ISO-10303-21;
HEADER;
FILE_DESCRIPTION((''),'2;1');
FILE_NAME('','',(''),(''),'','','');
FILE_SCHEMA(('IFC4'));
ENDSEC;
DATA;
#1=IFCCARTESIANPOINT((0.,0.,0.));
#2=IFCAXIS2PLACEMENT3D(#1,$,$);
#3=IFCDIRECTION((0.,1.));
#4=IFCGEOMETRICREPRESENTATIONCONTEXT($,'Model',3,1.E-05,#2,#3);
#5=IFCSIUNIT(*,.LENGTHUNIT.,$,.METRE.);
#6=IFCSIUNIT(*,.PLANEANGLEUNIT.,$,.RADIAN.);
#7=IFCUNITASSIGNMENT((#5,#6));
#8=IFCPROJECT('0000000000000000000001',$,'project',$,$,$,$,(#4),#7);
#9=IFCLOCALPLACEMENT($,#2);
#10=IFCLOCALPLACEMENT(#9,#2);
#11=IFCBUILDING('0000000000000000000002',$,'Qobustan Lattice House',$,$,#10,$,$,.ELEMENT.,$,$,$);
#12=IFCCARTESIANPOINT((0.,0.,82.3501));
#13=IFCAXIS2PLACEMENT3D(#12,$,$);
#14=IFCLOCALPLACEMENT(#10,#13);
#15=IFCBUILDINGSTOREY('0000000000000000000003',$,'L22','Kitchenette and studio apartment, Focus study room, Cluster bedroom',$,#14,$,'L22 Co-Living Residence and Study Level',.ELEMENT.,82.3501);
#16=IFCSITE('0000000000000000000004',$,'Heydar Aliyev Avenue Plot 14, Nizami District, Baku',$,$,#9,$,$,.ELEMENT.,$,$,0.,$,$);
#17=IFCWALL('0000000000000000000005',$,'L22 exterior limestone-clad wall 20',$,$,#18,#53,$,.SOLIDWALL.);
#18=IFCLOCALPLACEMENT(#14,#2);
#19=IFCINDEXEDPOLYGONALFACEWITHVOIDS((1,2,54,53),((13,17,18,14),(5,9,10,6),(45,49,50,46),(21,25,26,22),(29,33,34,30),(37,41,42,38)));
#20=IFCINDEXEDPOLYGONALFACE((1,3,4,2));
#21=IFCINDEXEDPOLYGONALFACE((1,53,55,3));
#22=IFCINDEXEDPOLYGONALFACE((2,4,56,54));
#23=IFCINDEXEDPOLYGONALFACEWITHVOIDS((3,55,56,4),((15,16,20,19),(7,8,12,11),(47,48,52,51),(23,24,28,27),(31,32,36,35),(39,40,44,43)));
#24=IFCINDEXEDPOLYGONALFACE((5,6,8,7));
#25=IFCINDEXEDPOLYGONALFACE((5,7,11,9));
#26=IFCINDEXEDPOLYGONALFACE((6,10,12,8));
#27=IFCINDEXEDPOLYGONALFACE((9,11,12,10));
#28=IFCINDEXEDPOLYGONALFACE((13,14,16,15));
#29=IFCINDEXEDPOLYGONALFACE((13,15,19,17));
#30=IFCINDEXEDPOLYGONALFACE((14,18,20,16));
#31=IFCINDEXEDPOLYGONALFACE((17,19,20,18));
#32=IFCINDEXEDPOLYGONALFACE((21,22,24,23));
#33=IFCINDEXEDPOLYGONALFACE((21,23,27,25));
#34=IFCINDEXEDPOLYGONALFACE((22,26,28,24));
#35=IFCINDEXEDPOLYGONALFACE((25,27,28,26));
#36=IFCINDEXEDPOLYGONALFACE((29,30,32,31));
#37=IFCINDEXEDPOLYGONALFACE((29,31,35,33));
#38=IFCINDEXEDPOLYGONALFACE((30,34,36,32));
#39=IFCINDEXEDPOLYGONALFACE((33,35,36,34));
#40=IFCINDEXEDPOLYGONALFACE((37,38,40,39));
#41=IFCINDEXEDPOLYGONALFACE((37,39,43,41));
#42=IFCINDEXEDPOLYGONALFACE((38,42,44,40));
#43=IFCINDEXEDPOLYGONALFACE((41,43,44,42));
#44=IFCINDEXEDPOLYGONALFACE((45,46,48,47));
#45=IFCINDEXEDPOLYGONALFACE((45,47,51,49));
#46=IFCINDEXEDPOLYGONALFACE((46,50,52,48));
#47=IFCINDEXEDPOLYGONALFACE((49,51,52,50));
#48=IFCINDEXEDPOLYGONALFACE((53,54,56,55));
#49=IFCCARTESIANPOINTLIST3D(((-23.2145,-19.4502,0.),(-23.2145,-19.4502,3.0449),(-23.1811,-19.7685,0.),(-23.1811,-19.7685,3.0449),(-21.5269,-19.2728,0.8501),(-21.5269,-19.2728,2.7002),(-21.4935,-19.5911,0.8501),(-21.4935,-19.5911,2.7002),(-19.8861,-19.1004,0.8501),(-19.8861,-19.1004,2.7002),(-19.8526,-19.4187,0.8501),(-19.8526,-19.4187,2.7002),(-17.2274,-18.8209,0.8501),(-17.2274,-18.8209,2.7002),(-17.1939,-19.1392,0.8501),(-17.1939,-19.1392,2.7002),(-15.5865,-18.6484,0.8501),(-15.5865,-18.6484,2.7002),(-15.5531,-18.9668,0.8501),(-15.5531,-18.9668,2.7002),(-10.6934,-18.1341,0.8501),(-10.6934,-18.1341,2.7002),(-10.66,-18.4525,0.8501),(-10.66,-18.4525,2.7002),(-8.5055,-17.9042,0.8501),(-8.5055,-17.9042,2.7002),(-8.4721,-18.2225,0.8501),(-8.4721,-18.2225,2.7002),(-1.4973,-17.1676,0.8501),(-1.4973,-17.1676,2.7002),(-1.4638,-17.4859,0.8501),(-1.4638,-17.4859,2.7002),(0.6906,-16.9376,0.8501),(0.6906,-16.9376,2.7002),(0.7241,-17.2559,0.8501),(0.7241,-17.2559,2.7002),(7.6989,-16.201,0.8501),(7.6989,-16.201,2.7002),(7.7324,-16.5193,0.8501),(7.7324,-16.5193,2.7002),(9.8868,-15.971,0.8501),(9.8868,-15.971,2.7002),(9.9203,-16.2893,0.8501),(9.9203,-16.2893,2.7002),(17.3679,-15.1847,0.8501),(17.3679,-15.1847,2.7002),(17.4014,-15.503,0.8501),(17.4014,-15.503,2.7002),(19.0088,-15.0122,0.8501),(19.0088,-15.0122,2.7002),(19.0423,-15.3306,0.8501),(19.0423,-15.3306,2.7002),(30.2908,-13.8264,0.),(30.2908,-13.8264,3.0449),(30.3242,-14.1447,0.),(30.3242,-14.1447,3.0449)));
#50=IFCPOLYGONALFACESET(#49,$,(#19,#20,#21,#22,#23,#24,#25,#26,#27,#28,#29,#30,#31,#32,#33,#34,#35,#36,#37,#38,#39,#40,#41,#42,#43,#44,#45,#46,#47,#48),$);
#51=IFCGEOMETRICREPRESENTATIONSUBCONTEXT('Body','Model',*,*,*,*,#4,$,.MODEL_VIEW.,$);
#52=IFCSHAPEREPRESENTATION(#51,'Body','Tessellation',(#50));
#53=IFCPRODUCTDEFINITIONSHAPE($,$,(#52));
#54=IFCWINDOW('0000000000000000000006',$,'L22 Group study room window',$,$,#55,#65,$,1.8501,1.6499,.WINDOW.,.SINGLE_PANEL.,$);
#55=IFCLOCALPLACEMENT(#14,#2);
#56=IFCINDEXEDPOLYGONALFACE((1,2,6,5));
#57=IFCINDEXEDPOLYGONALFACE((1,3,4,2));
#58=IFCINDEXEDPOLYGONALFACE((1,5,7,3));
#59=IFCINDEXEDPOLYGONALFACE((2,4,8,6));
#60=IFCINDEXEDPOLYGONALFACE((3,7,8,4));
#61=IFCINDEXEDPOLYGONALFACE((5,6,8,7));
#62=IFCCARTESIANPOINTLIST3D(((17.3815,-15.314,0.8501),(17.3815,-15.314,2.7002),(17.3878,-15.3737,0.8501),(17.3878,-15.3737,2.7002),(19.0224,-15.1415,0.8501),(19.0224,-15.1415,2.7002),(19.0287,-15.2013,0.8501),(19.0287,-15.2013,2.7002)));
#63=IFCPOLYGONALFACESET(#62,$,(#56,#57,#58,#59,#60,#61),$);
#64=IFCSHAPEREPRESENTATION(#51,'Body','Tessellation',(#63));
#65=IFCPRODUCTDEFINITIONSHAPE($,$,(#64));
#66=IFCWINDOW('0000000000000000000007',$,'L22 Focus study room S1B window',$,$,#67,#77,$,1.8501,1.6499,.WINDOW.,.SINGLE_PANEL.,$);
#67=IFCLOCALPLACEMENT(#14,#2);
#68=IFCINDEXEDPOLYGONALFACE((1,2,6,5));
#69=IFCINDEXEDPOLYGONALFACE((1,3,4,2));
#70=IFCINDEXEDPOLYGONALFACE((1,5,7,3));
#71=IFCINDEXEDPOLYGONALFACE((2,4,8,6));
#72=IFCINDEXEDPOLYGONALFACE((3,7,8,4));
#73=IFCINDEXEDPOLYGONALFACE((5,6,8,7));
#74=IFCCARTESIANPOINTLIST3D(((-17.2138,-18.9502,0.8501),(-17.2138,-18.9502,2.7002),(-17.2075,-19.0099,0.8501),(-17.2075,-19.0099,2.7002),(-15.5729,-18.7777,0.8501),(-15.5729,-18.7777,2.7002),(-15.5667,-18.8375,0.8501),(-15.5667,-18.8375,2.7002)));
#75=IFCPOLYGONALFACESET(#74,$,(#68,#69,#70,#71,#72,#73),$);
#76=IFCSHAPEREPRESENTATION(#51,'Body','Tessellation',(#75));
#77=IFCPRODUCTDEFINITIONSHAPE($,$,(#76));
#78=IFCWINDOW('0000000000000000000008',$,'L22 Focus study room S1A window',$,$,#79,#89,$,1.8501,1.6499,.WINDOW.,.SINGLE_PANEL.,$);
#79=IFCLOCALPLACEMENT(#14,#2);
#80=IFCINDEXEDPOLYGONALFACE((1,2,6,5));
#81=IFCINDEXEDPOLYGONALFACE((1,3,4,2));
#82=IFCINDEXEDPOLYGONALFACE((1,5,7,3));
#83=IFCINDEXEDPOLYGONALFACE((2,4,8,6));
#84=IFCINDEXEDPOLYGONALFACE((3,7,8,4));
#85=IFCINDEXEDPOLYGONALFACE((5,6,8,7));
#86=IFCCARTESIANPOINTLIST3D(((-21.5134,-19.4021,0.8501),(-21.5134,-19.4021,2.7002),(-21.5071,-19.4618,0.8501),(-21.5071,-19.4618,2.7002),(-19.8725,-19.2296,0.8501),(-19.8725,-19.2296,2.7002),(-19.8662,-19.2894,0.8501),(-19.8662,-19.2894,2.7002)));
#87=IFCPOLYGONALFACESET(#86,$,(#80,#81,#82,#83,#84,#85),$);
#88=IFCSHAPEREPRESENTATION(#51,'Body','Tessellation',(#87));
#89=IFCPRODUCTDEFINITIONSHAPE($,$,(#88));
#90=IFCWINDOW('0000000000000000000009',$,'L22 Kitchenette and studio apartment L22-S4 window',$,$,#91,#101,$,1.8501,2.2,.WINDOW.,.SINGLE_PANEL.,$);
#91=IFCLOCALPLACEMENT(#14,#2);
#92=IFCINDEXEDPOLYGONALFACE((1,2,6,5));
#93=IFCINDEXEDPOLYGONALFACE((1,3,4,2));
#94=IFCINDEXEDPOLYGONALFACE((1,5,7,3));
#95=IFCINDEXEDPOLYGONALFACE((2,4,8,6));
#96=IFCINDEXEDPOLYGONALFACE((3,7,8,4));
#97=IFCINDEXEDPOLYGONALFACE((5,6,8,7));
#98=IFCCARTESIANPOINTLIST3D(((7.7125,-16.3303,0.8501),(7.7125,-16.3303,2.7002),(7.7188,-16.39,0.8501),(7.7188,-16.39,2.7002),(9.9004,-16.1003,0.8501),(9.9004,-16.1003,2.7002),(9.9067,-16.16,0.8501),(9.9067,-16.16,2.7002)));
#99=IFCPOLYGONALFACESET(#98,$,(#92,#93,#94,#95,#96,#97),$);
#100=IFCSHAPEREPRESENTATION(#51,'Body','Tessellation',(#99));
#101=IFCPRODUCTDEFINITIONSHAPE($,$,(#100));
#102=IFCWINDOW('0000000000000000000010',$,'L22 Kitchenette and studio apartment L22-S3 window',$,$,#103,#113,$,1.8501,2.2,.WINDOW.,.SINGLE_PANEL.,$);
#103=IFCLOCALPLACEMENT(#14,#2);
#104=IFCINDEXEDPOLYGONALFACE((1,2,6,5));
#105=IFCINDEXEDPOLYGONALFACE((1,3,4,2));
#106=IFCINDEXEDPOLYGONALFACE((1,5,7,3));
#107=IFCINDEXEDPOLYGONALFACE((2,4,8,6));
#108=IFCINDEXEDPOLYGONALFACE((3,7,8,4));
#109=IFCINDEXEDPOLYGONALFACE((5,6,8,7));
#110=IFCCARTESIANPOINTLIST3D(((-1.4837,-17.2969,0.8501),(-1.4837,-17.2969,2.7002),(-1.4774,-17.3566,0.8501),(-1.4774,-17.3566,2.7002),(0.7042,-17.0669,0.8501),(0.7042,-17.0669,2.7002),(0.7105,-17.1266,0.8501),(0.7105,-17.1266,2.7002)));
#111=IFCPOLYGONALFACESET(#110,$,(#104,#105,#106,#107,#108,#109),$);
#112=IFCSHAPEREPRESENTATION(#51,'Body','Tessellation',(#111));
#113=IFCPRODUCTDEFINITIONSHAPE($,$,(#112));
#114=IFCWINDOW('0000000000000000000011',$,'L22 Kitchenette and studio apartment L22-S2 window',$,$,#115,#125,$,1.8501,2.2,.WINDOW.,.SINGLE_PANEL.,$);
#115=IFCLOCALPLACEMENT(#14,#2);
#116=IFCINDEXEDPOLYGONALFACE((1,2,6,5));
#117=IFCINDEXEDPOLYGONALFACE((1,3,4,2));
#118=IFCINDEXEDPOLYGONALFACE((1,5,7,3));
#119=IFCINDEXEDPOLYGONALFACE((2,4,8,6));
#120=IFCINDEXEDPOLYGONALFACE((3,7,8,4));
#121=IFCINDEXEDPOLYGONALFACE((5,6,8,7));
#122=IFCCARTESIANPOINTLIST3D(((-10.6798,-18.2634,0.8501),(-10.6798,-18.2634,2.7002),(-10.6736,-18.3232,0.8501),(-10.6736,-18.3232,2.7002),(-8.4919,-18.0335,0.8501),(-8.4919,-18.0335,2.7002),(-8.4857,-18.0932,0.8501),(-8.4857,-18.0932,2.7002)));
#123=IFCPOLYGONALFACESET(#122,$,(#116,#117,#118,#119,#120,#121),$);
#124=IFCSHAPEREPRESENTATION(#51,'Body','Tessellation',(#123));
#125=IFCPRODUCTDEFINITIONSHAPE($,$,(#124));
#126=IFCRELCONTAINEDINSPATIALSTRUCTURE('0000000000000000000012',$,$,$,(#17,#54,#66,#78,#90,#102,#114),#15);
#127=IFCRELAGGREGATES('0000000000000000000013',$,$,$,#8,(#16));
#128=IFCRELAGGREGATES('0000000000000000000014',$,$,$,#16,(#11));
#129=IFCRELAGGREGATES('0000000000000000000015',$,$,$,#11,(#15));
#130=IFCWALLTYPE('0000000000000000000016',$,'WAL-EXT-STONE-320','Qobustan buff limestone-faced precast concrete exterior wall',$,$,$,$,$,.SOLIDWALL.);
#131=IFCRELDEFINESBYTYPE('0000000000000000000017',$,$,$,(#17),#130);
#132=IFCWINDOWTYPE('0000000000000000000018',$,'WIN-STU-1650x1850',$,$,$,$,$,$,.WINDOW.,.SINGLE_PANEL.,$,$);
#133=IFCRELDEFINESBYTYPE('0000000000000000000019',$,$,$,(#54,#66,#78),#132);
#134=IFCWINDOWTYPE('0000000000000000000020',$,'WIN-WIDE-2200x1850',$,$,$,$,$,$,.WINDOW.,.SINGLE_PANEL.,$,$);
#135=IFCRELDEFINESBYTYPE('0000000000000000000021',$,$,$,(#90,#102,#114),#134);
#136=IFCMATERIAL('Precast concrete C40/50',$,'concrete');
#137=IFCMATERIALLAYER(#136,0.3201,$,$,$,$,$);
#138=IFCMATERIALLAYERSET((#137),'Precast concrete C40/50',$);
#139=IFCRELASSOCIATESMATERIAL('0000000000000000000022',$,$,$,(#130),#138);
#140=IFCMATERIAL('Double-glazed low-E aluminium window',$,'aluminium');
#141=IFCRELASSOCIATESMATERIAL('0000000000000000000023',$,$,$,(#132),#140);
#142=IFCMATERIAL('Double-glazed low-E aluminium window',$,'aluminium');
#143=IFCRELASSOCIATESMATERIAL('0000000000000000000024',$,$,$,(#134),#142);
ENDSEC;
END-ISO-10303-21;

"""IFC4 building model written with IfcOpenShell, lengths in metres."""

from ifc_helpers import new_model, si_unit, direction, frame, frame_2d, origin, place, context, subcontext, project, spatial, rectangle, extrude, material, layer, layer_set, type_object, element, fill, save


model = new_model("IFC4")

# Units and contexts
model_context = context("Model", 3, precision=1e-05, world=origin(), true_north=direction((0.0, 1.0)))
body_context = subcontext(model_context, "Body", "Model", "MODEL_VIEW")
ifc_project = project(units=[si_unit("LENGTHUNIT", "METRE"), si_unit("PLANEANGLEUNIT", "RADIAN")], contexts=[model_context])

# Site, building, storey
site_placement = place(None, origin())
site = spatial("IfcSite", under=ifc_project, at=site_placement, Name="Heydar Aliyev Avenue Plot 14, Nizami District, Baku", CompositionType="ELEMENT", RefElevation=0.0)
building_placement = place(site_placement, origin())
building = spatial("IfcBuilding", under=site, at=building_placement, Name="Qobustan Lattice House", CompositionType="ELEMENT")
storey_placement = place(building_placement, frame((0.0, 0.0, 82.3501)))
storey = spatial("IfcBuildingStorey", under=building, at=storey_placement, Name="L22", Description="Kitchenette and studio apartment, Focus study room, Cluster bedroom", LongName="L22 Co-Living Residence and Study Level", CompositionType="ELEMENT", Elevation=82.3501)

# Shared definitions
ifc_material_1 = material(Name="Precast concrete C40/50", Category="concrete")
ifc_layer_1 = layer(ifc_material_1, 0.3201)
ifc_layer_set_1 = layer_set([ifc_layer_1], Name="Precast concrete C40/50")
wall_type = type_object("IfcWallType", Name="WAL-EXT-STONE-320", Description="Qobustan buff limestone-faced precast concrete exterior wall", PredefinedType="SOLIDWALL", material=ifc_layer_set_1)

# Wall, openings, windows
wall_1_placement = place(storey_placement, frame((30.3074, -13.9856, 0.0), z_axis=(0.0, 0.0, 1.0), x_axis=(-0.994522, -0.104531, 0.0)))
wall_1 = element("IfcWall", 1, at=wall_1_placement, inside=storey, type_object=wall_type, Name="L22 exterior limestone-clad wall 20", PredefinedType="SOLIDWALL", context=body_context, shape_type="SweptSolid", body=[
    extrude(rectangle(XDim=53.8, YDim=0.3201, at=frame_2d((26.8999, 0.0))), origin(), (0.0, 0.0, 1.0), 3.0449),
])
opening_1_placement = place(wall_1_placement, frame((11.344, 0.0, 0.8501)))
opening_1 = element("IfcOpeningElement", 2, at=opening_1_placement, cuts=wall_1, PredefinedType="OPENING", context=body_context, shape_type="SweptSolid", body=[
    extrude(rectangle(XDim=1.6499, YDim=1.8501, at=frame_2d((0.825, 0.925))), frame((0.0, 0.1699, 0.0), z_axis=(0.0, -1.0, 0.0), x_axis=(1.0, 0.0, 0.0)), (0.0, 0.0, 1.0), 0.3401),
])
opening_2_placement = place(wall_1_placement, frame((20.5161, 0.0, 0.8501)))
opening_2 = element("IfcOpeningElement", 3, at=opening_2_placement, cuts=wall_1, PredefinedType="OPENING", context=body_context, shape_type="SweptSolid", body=[
    extrude(rectangle(XDim=2.2, YDim=1.8501, at=frame_2d((1.1001, 0.925))), frame((0.0, 0.1699, 0.0), z_axis=(0.0, -1.0, 0.0), x_axis=(1.0, 0.0, 0.0)), (0.0, 0.0, 1.0), 0.3401),
])
opening_3_placement = place(wall_1_placement, frame((29.7629, 0.0, 0.8501)))
opening_3 = element("IfcOpeningElement", 4, at=opening_3_placement, cuts=wall_1, PredefinedType="OPENING", context=body_context, shape_type="SweptSolid", body=[
    extrude(rectangle(XDim=2.2, YDim=1.8501, at=frame_2d((1.1001, 0.925))), frame((0.0, 0.1699, 0.0), z_axis=(0.0, -1.0, 0.0), x_axis=(1.0, 0.0, 0.0)), (0.0, 0.0, 1.0), 0.3401),
])
opening_4_placement = place(wall_1_placement, frame((39.0098, 0.0, 0.8501)))
opening_4 = element("IfcOpeningElement", 5, at=opening_4_placement, cuts=wall_1, PredefinedType="OPENING", context=body_context, shape_type="SweptSolid", body=[
    extrude(rectangle(XDim=2.2, YDim=1.8501, at=frame_2d((1.1001, 0.925))), frame((0.0, 0.1699, 0.0), z_axis=(0.0, -1.0, 0.0), x_axis=(1.0, 0.0, 0.0)), (0.0, 0.0, 1.0), 0.3401),
])
opening_5_placement = place(wall_1_placement, frame((46.1299, 0.0, 0.8501)))
opening_5 = element("IfcOpeningElement", 6, at=opening_5_placement, cuts=wall_1, PredefinedType="OPENING", context=body_context, shape_type="SweptSolid", body=[
    extrude(rectangle(XDim=1.6499, YDim=1.8501, at=frame_2d((0.825, 0.925))), frame((0.0, 0.1699, 0.0), z_axis=(0.0, -1.0, 0.0), x_axis=(1.0, 0.0, 0.0)), (0.0, 0.0, 1.0), 0.3401),
])
opening_6_placement = place(wall_1_placement, frame((50.4531, 0.0, 0.8501)))
opening_6 = element("IfcOpeningElement", 7, at=opening_6_placement, cuts=wall_1, PredefinedType="OPENING", context=body_context, shape_type="SweptSolid", body=[
    extrude(rectangle(XDim=1.6499, YDim=1.8501, at=frame_2d((0.825, 0.925))), frame((0.0, 0.1699, 0.0), z_axis=(0.0, -1.0, 0.0), x_axis=(1.0, 0.0, 0.0)), (0.0, 0.0, 1.0), 0.3401),
])
ifc_material_2 = material(Name="Double-glazed low-E aluminium window", Category="aluminium")
window_type_1 = type_object("IfcWindowType", Name="WIN-STU-1650x1850", PartitioningType="SINGLE_PANEL", PredefinedType="WINDOW", material=ifc_material_2)
window_1_placement = place(opening_1_placement, origin())
window_1 = element("IfcWindow", 8, at=window_1_placement, inside=storey, type_object=window_type_1, Name="L22 Group study room window", OverallHeight=1.8501, OverallWidth=1.6499, PartitioningType="SINGLE_PANEL", PredefinedType="WINDOW", context=body_context, shape_type="SweptSolid", body=[
    extrude(rectangle(XDim=1.6499, YDim=1.8501, at=frame_2d((0.825, 0.925))), frame((0.0, 0.03, 0.0), z_axis=(0.0, -1.0, 0.0), x_axis=(1.0, 0.0, 0.0)), (0.0, 0.0, 1.0), 0.0601),
])
fill(opening_1, window_1)
window_2_placement = place(opening_5_placement, origin())
window_2 = element("IfcWindow", 9, at=window_2_placement, inside=storey, type_object=window_type_1, Name="L22 Focus study room S1B window", OverallHeight=1.8501, OverallWidth=1.6499, PartitioningType="SINGLE_PANEL", PredefinedType="WINDOW", context=body_context, shape_type="SweptSolid", body=[
    extrude(rectangle(XDim=1.6499, YDim=1.8501, at=frame_2d((0.825, 0.925))), frame((0.0, 0.03, 0.0), z_axis=(0.0, -1.0, 0.0), x_axis=(1.0, 0.0, 0.0)), (0.0, 0.0, 1.0), 0.0601),
])
fill(opening_5, window_2)
window_3_placement = place(opening_6_placement, origin())
window_3 = element("IfcWindow", 10, at=window_3_placement, inside=storey, type_object=window_type_1, Name="L22 Focus study room S1A window", OverallHeight=1.8501, OverallWidth=1.6499, PartitioningType="SINGLE_PANEL", PredefinedType="WINDOW", context=body_context, shape_type="SweptSolid", body=[
    extrude(rectangle(XDim=1.6499, YDim=1.8501, at=frame_2d((0.825, 0.925))), frame((0.0, 0.03, 0.0), z_axis=(0.0, -1.0, 0.0), x_axis=(1.0, 0.0, 0.0)), (0.0, 0.0, 1.0), 0.0601),
])
fill(opening_6, window_3)
ifc_material_3 = material(Name="Double-glazed low-E aluminium window", Category="aluminium")
window_type_2 = type_object("IfcWindowType", Name="WIN-WIDE-2200x1850", PartitioningType="SINGLE_PANEL", PredefinedType="WINDOW", material=ifc_material_3)
window_4_placement = place(opening_2_placement, origin())
window_4 = element("IfcWindow", 11, at=window_4_placement, inside=storey, type_object=window_type_2, Name="L22 Kitchenette and studio apartment L22-S4 window", OverallHeight=1.8501, OverallWidth=2.2, PartitioningType="SINGLE_PANEL", PredefinedType="WINDOW", context=body_context, shape_type="SweptSolid", body=[
    extrude(rectangle(XDim=2.2, YDim=1.8501, at=frame_2d((1.1001, 0.925))), frame((0.0, 0.03, 0.0), z_axis=(0.0, -1.0, 0.0), x_axis=(1.0, 0.0, 0.0)), (0.0, 0.0, 1.0), 0.0601),
])
fill(opening_2, window_4)
window_5_placement = place(opening_3_placement, origin())
window_5 = element("IfcWindow", 12, at=window_5_placement, inside=storey, type_object=window_type_2, Name="L22 Kitchenette and studio apartment L22-S3 window", OverallHeight=1.8501, OverallWidth=2.2, PartitioningType="SINGLE_PANEL", PredefinedType="WINDOW", context=body_context, shape_type="SweptSolid", body=[
    extrude(rectangle(XDim=2.2, YDim=1.8501, at=frame_2d((1.1001, 0.925))), frame((0.0, 0.03, 0.0), z_axis=(0.0, -1.0, 0.0), x_axis=(1.0, 0.0, 0.0)), (0.0, 0.0, 1.0), 0.0601),
])
fill(opening_3, window_5)
window_6_placement = place(opening_4_placement, origin())
window_6 = element("IfcWindow", 13, at=window_6_placement, inside=storey, type_object=window_type_2, Name="L22 Kitchenette and studio apartment L22-S2 window", OverallHeight=1.8501, OverallWidth=2.2, PartitioningType="SINGLE_PANEL", PredefinedType="WINDOW", context=body_context, shape_type="SweptSolid", body=[
    extrude(rectangle(XDim=2.2, YDim=1.8501, at=frame_2d((1.1001, 0.925))), frame((0.0, 0.03, 0.0), z_axis=(0.0, -1.0, 0.0), x_axis=(1.0, 0.0, 0.0)), (0.0, 0.0, 1.0), 0.0601),
])
fill(opening_4, window_6)

save(model, "model.ifc")
